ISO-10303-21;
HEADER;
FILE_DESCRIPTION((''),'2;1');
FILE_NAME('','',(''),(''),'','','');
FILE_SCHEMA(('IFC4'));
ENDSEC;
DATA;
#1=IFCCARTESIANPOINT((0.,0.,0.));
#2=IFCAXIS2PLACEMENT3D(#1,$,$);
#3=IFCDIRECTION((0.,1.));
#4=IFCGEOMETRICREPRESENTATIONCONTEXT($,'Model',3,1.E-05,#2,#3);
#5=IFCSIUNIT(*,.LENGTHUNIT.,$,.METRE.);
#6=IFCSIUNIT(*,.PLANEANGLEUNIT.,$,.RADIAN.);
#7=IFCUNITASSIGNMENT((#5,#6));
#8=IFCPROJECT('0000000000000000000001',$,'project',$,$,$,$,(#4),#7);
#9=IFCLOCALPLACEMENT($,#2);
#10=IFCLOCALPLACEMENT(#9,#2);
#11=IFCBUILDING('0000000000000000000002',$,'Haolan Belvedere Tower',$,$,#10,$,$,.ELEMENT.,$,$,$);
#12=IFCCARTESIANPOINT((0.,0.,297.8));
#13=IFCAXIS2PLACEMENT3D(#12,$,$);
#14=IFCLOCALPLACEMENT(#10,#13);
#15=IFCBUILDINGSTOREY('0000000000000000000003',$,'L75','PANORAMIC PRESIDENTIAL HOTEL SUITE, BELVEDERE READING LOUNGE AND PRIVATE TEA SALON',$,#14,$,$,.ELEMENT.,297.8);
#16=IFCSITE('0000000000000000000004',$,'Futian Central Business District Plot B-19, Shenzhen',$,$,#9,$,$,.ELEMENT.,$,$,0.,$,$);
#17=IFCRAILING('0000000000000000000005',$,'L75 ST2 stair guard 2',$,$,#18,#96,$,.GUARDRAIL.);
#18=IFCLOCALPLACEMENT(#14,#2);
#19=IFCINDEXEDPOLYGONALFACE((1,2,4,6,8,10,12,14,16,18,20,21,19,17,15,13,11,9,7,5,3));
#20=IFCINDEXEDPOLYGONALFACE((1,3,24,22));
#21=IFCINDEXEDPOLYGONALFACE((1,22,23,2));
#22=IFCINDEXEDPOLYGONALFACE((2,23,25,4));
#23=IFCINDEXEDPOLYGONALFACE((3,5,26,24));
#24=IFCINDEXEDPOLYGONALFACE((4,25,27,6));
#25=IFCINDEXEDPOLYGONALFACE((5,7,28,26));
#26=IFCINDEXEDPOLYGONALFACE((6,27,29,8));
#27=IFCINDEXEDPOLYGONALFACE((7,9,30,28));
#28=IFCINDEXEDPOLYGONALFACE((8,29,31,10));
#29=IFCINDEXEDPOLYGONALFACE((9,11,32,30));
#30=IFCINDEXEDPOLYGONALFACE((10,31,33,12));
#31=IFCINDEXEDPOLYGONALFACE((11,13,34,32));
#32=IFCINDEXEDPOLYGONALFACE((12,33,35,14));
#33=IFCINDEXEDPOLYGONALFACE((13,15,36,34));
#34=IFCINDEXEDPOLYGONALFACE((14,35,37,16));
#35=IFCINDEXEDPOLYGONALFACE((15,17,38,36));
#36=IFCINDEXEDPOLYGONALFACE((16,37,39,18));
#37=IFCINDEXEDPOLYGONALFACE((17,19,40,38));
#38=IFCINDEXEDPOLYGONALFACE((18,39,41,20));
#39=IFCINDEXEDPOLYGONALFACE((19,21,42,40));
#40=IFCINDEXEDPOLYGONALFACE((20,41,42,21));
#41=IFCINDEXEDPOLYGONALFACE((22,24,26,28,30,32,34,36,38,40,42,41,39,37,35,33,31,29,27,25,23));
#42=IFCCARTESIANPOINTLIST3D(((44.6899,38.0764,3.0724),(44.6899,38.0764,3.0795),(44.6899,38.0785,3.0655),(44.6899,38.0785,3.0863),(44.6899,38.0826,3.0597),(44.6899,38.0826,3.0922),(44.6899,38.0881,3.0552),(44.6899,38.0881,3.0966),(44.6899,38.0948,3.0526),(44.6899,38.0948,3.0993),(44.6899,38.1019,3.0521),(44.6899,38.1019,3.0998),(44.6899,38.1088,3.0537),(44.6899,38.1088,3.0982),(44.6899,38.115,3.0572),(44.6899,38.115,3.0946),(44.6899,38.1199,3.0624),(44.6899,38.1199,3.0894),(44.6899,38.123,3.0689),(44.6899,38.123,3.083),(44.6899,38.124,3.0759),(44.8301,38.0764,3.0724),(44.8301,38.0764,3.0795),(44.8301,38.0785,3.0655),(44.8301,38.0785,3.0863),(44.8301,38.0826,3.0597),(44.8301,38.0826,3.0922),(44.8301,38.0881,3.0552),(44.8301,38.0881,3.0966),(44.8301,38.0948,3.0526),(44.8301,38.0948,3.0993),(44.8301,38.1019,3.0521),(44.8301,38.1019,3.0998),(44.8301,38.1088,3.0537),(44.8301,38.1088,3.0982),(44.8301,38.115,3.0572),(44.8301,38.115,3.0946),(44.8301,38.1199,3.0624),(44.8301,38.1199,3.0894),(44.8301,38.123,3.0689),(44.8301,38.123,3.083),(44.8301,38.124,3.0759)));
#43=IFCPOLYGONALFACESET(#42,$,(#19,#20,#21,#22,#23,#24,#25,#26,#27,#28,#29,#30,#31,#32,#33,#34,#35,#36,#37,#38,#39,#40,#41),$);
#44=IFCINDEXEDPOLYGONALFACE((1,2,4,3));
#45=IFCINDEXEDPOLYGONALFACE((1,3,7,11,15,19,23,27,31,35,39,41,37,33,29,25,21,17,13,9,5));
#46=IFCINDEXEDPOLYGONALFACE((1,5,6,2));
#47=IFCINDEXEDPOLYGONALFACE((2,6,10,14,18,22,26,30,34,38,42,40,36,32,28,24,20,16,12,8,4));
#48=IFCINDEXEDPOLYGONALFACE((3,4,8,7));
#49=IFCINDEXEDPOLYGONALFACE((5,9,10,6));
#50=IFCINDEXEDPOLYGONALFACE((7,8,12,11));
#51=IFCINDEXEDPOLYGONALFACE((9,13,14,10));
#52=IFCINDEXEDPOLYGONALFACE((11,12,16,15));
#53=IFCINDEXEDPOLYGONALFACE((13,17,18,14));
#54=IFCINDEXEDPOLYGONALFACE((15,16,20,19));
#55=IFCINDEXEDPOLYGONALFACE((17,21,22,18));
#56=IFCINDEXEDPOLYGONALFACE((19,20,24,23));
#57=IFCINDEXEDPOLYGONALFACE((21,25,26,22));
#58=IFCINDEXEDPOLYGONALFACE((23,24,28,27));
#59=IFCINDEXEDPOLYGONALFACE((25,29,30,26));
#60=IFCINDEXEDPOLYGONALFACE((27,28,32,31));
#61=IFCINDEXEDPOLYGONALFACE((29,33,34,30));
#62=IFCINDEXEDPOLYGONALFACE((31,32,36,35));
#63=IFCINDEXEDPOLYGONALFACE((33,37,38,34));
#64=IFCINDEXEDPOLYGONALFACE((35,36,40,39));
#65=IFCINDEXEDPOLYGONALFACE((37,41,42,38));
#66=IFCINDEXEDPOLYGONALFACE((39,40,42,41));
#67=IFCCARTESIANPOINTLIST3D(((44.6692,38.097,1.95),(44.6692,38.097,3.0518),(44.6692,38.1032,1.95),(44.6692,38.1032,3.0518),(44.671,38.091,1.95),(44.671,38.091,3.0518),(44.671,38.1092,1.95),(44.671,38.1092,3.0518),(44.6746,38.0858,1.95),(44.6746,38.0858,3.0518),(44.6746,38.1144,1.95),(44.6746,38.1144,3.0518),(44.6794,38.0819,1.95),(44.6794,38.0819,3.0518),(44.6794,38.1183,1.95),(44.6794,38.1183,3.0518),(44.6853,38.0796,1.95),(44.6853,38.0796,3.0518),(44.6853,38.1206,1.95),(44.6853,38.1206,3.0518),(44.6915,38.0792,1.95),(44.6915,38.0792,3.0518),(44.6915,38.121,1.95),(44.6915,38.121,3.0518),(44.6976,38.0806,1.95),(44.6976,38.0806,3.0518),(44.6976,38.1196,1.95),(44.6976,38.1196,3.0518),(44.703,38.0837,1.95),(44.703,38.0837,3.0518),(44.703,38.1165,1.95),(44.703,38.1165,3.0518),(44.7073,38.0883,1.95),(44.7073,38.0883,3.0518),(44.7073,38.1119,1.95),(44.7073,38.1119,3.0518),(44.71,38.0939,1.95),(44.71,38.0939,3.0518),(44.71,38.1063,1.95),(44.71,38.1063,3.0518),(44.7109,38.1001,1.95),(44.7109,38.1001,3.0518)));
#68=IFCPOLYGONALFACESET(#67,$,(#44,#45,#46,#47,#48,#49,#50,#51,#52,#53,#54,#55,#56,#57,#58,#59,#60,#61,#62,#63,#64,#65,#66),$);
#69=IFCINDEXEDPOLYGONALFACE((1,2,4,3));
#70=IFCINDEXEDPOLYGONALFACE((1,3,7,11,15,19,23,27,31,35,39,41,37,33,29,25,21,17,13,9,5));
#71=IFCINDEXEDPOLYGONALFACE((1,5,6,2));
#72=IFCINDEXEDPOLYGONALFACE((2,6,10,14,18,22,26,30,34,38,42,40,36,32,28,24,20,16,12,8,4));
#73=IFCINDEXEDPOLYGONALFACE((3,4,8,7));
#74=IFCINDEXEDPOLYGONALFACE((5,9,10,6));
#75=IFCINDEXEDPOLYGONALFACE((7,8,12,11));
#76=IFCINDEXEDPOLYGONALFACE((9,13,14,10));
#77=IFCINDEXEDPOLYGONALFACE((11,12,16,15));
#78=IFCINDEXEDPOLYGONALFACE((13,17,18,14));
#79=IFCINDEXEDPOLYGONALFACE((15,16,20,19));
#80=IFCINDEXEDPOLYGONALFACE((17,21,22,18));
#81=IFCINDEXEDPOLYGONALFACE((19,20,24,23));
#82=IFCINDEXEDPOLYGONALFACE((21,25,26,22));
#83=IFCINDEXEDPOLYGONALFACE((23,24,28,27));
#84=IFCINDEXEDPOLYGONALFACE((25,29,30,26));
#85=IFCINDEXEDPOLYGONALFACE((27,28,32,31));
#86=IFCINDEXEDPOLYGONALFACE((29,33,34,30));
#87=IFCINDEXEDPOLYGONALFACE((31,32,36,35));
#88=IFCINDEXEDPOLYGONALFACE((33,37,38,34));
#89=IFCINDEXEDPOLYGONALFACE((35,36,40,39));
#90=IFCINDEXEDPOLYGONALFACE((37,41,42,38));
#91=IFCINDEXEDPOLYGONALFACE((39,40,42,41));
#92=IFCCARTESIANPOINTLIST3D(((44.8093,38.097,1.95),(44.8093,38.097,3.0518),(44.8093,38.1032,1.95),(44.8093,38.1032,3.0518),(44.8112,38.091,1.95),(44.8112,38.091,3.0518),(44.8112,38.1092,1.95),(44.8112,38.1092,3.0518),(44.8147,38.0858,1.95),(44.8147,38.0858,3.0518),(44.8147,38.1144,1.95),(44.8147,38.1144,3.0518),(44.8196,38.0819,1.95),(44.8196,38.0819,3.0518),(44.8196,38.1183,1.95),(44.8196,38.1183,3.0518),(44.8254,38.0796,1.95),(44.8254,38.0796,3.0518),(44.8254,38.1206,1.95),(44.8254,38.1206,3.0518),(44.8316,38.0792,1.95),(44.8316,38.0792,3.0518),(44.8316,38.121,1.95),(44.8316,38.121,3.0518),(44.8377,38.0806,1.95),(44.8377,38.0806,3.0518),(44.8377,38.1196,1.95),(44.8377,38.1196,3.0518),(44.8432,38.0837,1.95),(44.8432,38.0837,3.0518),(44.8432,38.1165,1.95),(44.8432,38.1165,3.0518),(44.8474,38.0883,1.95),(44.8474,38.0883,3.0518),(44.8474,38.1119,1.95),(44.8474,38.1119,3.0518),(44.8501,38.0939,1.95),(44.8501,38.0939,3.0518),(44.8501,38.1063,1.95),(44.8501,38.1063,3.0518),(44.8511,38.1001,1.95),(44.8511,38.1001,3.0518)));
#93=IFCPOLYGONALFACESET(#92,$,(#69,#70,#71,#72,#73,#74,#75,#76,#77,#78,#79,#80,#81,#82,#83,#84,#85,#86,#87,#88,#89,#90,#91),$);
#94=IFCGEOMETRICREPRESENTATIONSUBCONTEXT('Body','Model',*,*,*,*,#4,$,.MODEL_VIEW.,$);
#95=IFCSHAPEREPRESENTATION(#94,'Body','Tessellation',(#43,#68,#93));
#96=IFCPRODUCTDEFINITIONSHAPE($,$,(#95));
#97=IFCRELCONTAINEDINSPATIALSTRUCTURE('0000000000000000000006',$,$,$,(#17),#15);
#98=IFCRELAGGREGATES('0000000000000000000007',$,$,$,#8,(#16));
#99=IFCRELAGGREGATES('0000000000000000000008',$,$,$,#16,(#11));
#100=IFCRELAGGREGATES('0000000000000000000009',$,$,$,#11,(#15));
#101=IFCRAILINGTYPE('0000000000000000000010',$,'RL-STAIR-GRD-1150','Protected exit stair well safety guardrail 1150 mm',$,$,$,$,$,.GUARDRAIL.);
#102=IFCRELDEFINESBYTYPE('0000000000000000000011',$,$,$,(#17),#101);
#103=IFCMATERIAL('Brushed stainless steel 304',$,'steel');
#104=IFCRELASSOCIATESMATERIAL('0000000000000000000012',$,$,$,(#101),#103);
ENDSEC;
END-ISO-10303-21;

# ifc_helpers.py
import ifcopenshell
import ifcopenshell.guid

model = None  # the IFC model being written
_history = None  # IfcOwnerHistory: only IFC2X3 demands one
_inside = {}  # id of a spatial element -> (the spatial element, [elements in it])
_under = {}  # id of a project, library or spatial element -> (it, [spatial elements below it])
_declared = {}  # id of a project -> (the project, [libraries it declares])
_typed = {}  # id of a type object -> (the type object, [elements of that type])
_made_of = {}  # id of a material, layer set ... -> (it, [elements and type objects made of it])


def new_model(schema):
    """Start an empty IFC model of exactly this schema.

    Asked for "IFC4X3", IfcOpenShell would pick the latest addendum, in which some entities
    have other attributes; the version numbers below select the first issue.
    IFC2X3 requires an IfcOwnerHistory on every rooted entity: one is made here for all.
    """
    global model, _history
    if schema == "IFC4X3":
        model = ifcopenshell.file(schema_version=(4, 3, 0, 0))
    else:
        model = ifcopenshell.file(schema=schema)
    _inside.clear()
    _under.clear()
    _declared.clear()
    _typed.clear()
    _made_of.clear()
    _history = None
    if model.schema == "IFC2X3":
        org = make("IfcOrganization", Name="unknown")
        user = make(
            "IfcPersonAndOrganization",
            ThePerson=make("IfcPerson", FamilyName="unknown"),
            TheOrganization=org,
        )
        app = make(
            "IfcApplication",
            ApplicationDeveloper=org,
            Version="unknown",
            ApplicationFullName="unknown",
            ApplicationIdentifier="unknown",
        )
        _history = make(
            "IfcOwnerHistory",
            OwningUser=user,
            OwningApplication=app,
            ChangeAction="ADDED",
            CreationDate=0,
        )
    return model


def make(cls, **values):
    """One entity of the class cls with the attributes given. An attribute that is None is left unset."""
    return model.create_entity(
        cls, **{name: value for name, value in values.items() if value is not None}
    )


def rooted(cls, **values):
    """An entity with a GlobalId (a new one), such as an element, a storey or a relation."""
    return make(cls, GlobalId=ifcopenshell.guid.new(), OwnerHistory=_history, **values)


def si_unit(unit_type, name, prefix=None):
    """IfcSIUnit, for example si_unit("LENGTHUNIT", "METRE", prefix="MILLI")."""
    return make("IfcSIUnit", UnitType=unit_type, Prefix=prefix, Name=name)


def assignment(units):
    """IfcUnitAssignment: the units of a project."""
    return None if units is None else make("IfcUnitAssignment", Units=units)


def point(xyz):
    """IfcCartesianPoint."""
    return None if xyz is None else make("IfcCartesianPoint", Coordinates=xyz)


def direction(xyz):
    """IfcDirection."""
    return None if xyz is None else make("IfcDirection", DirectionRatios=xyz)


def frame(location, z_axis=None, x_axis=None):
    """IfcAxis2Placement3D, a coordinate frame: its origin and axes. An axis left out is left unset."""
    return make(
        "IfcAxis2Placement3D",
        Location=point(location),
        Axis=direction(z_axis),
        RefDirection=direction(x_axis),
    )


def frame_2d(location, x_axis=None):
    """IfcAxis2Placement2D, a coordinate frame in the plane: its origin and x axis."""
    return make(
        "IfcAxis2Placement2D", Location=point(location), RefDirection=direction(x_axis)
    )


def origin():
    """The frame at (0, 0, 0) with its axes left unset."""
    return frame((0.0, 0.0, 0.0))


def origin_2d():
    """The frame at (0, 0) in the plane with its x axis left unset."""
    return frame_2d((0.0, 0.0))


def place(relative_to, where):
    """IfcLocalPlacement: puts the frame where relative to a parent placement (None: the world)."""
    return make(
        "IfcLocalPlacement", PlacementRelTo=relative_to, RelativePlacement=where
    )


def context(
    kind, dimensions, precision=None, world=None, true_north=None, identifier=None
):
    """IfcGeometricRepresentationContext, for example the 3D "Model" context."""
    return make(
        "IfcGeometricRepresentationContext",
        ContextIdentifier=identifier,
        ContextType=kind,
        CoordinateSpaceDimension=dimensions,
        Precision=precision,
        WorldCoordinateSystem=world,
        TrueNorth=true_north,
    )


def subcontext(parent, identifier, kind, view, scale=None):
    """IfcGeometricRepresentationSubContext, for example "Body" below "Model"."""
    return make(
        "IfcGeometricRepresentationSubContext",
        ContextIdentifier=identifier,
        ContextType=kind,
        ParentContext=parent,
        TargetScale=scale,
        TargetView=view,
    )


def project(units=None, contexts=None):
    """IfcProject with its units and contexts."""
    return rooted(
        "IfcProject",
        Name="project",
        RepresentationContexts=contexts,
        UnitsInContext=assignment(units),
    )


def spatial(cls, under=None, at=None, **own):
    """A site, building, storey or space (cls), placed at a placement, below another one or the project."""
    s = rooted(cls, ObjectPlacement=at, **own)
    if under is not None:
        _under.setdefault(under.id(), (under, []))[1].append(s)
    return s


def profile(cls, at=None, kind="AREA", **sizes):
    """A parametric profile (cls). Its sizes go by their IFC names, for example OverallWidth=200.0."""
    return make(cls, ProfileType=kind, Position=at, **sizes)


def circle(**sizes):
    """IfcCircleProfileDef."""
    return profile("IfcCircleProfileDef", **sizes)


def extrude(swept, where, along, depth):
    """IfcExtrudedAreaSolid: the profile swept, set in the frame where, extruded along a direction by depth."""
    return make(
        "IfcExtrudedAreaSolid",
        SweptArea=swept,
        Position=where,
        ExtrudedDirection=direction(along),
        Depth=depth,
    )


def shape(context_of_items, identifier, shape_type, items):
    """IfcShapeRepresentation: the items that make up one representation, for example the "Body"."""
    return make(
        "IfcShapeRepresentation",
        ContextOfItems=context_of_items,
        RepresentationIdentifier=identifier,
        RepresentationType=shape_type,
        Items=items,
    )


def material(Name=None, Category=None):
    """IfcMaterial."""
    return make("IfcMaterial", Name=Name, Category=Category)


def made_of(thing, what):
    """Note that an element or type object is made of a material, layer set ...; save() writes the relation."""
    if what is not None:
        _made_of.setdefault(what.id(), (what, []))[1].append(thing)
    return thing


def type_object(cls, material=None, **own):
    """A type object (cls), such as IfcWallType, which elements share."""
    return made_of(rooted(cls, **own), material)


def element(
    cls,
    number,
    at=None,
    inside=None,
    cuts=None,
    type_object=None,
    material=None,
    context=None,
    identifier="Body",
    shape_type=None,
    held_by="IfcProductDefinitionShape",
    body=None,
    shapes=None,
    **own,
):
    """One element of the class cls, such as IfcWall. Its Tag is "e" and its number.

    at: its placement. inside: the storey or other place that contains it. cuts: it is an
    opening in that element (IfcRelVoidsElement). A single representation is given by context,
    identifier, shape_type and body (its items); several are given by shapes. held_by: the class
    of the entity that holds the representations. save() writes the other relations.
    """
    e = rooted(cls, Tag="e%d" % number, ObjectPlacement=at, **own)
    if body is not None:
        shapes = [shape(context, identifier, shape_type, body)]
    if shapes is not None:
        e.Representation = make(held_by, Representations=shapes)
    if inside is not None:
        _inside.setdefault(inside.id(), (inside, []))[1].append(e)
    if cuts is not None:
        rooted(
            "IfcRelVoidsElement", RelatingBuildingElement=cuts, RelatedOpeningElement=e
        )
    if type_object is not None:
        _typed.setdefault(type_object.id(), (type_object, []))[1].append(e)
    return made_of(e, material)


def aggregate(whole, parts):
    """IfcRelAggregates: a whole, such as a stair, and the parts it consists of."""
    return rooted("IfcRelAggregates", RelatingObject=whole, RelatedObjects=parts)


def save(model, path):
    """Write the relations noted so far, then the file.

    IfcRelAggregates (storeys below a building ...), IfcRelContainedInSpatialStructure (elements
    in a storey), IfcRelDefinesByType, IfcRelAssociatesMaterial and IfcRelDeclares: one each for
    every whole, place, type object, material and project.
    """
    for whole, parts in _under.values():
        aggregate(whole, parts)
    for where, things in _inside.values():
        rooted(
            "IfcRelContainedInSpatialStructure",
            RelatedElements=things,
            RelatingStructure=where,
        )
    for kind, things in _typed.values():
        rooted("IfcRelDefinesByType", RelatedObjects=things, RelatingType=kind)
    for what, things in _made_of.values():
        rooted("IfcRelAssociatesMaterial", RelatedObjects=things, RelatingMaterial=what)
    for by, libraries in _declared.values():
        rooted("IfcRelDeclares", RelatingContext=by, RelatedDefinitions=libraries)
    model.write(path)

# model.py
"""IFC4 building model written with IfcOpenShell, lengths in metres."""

from ifc_helpers import new_model, si_unit, direction, frame, origin, origin_2d, place, context, subcontext, project, spatial, circle, extrude, material, type_object, element, save


model = new_model("IFC4")

# Units and contexts
model_context = context("Model", 3, precision=1e-05, world=origin(), true_north=direction((0.0, 1.0)))
body_context = subcontext(model_context, "Body", "Model", "MODEL_VIEW")
ifc_project = project(units=[si_unit("LENGTHUNIT", "METRE"), si_unit("PLANEANGLEUNIT", "RADIAN")], contexts=[model_context])

# Site, building, storey
site_placement = place(None, origin())
site = spatial("IfcSite", under=ifc_project, at=site_placement, Name="Futian Central Business District Plot B-19, Shenzhen", CompositionType="ELEMENT", RefElevation=0.0)
building_placement = place(site_placement, origin())
building = spatial("IfcBuilding", under=site, at=building_placement, Name="Haolan Belvedere Tower", CompositionType="ELEMENT")
storey_placement = place(building_placement, frame((0.0, 0.0, 297.8)))
storey = spatial("IfcBuildingStorey", under=building, at=storey_placement, Name="L75", Description="PANORAMIC PRESIDENTIAL HOTEL SUITE, BELVEDERE READING LOUNGE AND PRIVATE TEA SALON", CompositionType="ELEMENT", Elevation=297.8)

# Railing
ifc_material_1 = material(Name="Brushed stainless steel 304", Category="steel")
railing_type_1 = type_object("IfcRailingType", Name="RL-STAIR-GRD-1150", Description="Protected exit stair well safety guardrail 1150 mm", PredefinedType="GUARDRAIL", material=ifc_material_1)
railing_1_placement = place(storey_placement, frame((44.6899, 38.1001, 1.95)))
element("IfcRailing", 1, at=railing_1_placement, inside=storey, type_object=railing_type_1, Name="L75 ST2 stair guard 2", PredefinedType="GUARDRAIL", context=body_context, shape_type="SweptSolid", body=[
    extrude(circle(Radius=0.0239, at=origin_2d()), frame((0.0, 0.0, 1.126), z_axis=(1.0, 0.0, 0.0), x_axis=(0.0, 1.0, 0.0)), (0.0, 0.0, 1.0), 0.1401),
    extrude(circle(Radius=0.021, at=origin_2d()), origin(), (0.0, 0.0, 1.0), 1.1018),
    extrude(circle(Radius=0.021, at=origin_2d()), frame((0.1401, 0.0, 0.0)), (0.0, 0.0, 1.0), 1.1018),
])

save(model, "model.ifc")
